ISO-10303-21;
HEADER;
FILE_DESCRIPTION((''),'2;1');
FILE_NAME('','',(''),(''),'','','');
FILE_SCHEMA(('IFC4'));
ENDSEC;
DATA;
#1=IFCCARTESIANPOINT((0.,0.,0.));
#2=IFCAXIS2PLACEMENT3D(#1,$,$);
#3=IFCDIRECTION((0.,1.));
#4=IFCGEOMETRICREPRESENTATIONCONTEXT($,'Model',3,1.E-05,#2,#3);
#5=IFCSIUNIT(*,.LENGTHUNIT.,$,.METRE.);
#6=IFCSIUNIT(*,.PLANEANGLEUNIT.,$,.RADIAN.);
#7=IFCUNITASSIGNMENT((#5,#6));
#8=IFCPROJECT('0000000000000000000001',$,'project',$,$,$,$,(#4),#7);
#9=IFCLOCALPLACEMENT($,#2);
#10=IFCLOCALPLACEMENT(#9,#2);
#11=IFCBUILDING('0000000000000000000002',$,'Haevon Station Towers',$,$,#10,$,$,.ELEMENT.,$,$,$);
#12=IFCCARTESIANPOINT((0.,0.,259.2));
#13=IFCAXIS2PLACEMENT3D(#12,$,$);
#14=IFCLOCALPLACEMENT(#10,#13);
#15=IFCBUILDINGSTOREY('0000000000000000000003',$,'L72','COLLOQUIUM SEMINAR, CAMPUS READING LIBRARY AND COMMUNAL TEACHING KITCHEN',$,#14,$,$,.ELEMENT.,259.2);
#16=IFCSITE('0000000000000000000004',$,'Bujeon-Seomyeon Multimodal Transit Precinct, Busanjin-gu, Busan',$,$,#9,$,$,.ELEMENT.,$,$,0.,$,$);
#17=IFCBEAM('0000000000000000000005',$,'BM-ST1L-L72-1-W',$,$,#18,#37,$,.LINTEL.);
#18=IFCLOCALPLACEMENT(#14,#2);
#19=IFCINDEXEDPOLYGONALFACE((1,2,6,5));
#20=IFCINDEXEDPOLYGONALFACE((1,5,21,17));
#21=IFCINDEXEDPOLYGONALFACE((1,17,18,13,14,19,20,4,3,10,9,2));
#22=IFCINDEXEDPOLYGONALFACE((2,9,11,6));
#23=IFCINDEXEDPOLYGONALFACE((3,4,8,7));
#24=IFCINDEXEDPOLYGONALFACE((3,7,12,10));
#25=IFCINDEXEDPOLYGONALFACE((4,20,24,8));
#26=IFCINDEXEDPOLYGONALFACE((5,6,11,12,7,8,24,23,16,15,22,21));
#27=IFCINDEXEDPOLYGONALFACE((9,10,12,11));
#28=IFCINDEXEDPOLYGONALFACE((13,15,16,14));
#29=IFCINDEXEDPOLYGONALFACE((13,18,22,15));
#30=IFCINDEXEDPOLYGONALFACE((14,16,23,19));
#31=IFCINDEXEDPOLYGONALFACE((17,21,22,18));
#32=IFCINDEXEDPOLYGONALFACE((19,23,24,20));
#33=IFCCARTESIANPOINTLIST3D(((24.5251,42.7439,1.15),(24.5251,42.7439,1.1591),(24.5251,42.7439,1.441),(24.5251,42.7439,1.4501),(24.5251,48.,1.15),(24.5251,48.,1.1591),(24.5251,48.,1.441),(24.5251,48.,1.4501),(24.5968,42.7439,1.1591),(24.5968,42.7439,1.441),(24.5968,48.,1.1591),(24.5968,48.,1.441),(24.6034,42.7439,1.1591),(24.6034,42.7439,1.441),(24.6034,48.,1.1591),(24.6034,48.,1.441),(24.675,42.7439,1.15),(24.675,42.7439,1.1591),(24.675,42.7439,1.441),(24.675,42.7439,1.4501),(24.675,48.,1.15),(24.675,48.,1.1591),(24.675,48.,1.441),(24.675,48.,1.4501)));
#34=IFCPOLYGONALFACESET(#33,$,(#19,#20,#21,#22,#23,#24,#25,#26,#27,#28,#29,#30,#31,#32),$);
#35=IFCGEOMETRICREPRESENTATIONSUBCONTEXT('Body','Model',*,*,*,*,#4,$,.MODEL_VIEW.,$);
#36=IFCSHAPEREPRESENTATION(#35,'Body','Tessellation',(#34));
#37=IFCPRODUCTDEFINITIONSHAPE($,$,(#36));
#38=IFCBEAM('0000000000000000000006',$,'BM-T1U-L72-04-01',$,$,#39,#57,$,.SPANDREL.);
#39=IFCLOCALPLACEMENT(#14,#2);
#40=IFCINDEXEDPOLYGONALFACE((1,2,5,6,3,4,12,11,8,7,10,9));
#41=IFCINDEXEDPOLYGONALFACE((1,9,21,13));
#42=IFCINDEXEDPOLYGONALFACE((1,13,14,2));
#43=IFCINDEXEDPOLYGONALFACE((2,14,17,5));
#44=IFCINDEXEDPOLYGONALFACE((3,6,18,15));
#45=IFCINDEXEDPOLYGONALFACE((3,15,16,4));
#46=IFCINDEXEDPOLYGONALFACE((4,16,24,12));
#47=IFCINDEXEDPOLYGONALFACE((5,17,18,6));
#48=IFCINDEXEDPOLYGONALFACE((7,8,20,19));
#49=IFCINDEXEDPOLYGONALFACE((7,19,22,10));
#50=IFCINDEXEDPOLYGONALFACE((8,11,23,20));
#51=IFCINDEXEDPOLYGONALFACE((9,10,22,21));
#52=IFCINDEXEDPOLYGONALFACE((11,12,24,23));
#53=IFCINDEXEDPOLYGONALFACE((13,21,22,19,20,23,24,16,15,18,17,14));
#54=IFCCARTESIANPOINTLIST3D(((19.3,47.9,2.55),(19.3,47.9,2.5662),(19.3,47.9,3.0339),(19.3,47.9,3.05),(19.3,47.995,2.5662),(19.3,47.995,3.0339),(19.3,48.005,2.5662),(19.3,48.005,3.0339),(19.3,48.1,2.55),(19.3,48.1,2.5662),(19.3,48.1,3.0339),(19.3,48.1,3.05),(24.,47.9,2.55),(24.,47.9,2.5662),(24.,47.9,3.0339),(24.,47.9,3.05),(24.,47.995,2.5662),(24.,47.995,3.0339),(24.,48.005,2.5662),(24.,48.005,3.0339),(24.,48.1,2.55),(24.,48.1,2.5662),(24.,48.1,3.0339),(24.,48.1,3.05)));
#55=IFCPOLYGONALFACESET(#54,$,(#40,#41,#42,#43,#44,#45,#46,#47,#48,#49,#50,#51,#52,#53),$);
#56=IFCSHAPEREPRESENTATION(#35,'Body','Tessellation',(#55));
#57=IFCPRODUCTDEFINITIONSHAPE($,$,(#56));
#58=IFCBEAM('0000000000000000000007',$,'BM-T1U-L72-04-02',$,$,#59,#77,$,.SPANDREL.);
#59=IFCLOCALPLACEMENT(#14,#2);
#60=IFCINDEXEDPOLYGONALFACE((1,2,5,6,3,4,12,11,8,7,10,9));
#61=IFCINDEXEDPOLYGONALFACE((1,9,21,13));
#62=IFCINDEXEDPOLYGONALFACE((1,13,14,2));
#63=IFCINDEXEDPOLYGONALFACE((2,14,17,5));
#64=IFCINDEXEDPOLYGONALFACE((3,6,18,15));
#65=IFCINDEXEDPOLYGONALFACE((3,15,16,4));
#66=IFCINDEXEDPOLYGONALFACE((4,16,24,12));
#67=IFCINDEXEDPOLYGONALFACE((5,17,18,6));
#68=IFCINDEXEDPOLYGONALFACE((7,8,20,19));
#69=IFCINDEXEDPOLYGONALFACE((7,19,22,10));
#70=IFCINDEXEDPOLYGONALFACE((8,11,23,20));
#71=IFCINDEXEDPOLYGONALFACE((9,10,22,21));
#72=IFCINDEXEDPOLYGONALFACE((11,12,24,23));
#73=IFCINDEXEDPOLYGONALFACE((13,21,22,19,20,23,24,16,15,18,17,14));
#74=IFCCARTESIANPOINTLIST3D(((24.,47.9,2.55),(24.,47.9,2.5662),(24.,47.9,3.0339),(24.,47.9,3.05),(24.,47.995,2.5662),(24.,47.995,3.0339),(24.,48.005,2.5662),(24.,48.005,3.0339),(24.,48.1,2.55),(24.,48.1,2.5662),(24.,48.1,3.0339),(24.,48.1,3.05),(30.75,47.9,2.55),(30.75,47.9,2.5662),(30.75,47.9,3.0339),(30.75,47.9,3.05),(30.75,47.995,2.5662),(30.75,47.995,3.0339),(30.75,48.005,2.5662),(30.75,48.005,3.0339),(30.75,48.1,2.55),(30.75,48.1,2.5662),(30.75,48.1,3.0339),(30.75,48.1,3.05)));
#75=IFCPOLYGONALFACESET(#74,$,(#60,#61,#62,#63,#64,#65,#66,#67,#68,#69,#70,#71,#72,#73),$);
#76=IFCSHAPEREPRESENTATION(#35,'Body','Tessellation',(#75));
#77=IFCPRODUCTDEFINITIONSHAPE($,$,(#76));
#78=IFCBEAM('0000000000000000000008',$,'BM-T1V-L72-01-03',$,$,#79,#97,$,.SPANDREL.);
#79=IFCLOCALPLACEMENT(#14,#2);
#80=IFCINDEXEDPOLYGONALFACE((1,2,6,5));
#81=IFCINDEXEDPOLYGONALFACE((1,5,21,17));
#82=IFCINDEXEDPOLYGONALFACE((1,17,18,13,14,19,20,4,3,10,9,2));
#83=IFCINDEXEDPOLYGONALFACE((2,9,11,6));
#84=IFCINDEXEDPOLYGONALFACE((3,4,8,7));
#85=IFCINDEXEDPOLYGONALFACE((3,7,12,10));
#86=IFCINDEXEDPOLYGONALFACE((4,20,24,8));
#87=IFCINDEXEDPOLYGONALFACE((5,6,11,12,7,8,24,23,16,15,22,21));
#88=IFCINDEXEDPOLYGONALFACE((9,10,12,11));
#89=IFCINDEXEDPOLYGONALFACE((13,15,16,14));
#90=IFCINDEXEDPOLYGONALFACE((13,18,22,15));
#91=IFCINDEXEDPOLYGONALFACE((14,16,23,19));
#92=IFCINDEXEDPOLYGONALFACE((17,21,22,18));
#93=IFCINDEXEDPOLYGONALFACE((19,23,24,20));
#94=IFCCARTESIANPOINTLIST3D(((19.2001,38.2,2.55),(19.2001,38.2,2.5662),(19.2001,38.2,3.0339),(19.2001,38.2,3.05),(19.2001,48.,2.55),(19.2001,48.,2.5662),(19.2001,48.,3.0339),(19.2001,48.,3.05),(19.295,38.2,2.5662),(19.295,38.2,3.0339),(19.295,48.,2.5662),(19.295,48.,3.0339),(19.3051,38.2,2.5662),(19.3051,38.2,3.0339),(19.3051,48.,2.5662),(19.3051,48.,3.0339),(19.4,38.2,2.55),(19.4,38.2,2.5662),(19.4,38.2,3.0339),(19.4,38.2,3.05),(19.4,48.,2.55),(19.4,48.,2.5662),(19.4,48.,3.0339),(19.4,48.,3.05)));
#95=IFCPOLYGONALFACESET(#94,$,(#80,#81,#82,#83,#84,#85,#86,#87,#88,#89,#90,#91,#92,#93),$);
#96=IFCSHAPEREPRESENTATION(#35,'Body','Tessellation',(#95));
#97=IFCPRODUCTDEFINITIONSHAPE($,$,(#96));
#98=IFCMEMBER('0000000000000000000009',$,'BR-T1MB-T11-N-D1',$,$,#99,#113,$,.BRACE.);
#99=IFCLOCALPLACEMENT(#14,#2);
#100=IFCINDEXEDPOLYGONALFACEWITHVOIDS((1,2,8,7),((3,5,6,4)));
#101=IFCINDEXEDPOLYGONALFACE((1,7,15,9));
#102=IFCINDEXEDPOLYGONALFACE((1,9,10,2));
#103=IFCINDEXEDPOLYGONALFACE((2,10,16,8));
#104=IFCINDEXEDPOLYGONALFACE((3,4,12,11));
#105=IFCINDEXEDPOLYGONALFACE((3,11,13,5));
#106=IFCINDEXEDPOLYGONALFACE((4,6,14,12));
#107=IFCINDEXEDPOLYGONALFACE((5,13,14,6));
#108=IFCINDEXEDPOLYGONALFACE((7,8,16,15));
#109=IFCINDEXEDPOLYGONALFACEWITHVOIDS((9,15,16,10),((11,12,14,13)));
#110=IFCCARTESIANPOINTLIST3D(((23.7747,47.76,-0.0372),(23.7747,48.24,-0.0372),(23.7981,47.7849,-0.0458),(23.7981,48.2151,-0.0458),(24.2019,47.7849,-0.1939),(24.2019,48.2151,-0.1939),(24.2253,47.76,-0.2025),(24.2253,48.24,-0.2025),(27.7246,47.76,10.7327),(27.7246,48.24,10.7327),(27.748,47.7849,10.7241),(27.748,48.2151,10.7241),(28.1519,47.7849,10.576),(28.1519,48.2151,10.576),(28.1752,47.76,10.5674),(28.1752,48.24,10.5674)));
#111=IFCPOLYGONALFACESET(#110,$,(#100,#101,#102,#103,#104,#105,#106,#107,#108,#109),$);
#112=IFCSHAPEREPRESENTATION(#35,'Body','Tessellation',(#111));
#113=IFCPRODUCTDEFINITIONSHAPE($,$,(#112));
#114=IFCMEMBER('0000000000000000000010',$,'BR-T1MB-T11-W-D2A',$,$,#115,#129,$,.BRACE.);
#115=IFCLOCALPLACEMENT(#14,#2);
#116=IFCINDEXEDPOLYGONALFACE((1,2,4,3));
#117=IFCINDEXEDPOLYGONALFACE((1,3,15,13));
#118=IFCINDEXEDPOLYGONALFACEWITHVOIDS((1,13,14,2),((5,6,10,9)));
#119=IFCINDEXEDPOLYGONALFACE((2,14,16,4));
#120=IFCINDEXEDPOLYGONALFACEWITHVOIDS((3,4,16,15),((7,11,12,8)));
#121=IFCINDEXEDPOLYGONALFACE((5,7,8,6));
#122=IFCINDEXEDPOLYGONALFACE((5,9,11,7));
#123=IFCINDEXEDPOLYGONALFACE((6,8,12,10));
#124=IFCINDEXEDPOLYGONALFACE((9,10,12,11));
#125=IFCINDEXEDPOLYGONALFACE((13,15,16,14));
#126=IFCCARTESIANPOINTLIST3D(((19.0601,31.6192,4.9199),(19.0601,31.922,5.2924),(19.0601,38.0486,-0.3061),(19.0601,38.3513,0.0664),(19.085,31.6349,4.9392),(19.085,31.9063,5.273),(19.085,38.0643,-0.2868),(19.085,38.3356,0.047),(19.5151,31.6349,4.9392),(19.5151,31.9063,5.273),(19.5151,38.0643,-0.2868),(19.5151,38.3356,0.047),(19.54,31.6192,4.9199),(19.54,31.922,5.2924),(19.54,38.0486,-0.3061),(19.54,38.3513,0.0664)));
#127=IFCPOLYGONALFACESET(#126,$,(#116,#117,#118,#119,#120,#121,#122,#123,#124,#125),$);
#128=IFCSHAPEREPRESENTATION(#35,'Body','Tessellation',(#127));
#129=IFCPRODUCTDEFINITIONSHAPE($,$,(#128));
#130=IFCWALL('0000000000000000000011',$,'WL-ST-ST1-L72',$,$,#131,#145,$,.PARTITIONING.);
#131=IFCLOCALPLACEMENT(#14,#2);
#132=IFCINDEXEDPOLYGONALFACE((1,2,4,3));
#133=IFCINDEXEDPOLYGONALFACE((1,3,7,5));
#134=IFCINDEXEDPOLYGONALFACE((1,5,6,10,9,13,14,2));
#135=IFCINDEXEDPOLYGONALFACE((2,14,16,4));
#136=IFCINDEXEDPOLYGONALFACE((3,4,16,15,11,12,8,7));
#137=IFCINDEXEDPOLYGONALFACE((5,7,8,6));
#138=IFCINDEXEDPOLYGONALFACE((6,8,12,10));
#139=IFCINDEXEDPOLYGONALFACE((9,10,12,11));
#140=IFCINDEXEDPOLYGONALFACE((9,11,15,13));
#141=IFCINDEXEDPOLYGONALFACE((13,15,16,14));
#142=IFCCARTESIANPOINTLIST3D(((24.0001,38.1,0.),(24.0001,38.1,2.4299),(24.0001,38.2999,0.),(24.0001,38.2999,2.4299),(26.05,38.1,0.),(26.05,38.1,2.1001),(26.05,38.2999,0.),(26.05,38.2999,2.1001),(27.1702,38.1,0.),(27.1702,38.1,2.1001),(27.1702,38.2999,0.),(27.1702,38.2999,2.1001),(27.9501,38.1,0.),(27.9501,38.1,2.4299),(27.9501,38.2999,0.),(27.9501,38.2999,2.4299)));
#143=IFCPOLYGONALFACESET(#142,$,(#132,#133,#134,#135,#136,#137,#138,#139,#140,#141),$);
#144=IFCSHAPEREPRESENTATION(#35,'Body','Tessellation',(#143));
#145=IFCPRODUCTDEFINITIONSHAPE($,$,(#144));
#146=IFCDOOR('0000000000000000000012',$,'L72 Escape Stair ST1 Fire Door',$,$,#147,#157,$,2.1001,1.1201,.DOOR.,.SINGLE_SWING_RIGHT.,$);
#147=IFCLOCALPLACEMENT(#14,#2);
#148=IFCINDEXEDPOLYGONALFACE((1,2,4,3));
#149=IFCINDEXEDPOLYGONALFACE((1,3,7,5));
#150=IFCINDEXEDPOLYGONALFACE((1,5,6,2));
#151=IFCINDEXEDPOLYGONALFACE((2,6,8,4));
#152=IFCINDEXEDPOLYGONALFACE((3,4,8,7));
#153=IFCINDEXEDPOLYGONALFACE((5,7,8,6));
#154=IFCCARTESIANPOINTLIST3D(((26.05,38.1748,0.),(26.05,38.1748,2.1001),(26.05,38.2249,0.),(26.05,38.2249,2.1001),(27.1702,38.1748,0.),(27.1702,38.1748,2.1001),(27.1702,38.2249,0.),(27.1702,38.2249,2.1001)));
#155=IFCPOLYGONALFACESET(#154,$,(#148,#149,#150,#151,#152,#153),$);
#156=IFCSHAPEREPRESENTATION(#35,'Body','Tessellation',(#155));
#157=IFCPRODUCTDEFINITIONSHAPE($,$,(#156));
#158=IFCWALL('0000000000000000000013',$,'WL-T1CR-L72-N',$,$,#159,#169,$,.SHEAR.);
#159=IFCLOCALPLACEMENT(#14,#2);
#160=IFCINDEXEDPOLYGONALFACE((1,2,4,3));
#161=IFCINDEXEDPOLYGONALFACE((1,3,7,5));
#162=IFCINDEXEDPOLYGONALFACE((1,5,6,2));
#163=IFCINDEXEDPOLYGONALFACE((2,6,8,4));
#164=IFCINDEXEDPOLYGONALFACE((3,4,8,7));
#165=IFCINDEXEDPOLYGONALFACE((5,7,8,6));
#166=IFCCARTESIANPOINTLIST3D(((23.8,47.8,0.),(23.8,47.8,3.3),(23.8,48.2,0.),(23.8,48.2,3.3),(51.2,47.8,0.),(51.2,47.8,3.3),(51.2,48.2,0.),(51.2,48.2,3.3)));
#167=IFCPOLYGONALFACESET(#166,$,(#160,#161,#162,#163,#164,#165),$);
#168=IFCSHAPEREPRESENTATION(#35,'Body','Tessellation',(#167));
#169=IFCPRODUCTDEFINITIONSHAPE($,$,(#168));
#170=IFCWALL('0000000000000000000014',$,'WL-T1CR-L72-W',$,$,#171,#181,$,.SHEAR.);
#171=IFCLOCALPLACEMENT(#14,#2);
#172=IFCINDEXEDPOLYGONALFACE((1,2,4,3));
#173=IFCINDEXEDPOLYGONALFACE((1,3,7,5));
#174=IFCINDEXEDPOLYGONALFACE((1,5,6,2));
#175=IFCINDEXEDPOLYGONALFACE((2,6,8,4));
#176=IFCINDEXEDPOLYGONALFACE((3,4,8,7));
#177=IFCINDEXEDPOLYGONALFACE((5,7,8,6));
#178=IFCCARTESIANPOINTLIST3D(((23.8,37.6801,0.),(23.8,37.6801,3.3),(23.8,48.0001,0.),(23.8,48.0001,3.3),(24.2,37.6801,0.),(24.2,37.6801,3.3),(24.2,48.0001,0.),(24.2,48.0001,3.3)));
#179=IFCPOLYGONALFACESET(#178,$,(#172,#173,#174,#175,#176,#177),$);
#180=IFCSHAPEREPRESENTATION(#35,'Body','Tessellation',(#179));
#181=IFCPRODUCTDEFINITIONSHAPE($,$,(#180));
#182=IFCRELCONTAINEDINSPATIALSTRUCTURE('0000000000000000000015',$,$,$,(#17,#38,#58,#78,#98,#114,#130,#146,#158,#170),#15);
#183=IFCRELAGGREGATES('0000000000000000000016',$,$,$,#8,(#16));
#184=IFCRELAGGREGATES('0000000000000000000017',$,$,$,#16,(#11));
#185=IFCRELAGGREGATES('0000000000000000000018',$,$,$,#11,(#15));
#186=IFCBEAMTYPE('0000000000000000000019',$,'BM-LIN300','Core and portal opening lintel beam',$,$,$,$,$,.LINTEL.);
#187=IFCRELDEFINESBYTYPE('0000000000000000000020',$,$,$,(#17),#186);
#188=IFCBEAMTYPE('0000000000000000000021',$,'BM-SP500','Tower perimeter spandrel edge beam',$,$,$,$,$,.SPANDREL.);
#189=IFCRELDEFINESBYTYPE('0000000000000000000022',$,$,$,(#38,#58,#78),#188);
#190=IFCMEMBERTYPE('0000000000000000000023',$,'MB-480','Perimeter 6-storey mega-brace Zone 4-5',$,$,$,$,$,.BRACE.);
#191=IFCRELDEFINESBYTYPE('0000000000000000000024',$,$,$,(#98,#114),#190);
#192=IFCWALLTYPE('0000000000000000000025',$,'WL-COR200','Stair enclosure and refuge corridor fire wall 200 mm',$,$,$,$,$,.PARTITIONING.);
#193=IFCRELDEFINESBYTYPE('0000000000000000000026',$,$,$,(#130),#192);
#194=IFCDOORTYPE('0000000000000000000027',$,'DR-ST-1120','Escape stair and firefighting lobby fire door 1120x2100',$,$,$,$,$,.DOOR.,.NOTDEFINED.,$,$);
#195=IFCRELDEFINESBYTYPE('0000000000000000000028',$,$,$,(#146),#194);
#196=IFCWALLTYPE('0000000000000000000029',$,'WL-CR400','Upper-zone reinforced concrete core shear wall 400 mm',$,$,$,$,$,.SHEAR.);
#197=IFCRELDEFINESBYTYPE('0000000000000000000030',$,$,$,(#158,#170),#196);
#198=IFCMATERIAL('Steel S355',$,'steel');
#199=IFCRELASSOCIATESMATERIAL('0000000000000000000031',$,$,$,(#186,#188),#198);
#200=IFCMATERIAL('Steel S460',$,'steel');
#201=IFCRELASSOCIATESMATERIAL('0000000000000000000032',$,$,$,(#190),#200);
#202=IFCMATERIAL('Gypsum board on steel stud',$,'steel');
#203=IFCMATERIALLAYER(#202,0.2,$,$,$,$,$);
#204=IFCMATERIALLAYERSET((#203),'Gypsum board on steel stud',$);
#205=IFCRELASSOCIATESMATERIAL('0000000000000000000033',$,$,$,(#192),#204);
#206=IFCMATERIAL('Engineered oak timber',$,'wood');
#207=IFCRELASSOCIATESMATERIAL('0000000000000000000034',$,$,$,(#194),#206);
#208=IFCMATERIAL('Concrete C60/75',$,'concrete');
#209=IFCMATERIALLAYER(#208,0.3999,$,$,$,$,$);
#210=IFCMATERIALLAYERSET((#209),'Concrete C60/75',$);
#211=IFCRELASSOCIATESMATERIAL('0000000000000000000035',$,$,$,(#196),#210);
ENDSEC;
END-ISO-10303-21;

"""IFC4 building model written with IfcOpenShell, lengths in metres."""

from ifc_helpers import new_model, si_unit, direction, frame, frame_2d, origin, origin_2d, place, context, subcontext, project, spatial, rectangle, hollow_rectangle, i_section, extrude, material, layer, layer_set, material_profile, profile_set, type_object, element, fill, save


model = new_model("IFC4")

# Units and contexts
model_context = context("Model", 3, precision=1e-05, world=origin(), true_north=direction((0.0, 1.0)))
body_context = subcontext(model_context, "Body", "Model", "MODEL_VIEW")
ifc_project = project(units=[si_unit("LENGTHUNIT", "METRE"), si_unit("PLANEANGLEUNIT", "RADIAN")], contexts=[model_context])

# Site, building, storey
site_placement = place(None, origin())
site = spatial("IfcSite", under=ifc_project, at=site_placement, Name="Bujeon-Seomyeon Multimodal Transit Precinct, Busanjin-gu, Busan", CompositionType="ELEMENT", RefElevation=0.0)
building_placement = place(site_placement, origin())
building = spatial("IfcBuilding", under=site, at=building_placement, Name="Haevon Station Towers", CompositionType="ELEMENT")
storey_placement = place(building_placement, frame((0.0, 0.0, 259.2)))
storey = spatial("IfcBuildingStorey", under=building, at=storey_placement, Name="L72", Description="COLLOQUIUM SEMINAR, CAMPUS READING LIBRARY AND COMMUNAL TEACHING KITCHEN", CompositionType="ELEMENT", Elevation=259.2)

# Shared definitions
ifc_material_1 = material(Name="Steel S460", Category="steel")
ifc_material_2 = material(Name="Steel S355", Category="steel")

# Beams
ifc_material_profile_1 = material_profile(ifc_material_2, i_section(OverallWidth=0.1499, OverallDepth=0.3, WebThickness=0.0066, FlangeThickness=0.009, at=origin_2d()), Name="H-300x150x6.5x9")
ifc_profile_set_1 = profile_set([ifc_material_profile_1], Name="Steel S355")
beam_type_1 = type_object("IfcBeamType", Name="BM-LIN300", Description="Core and portal opening lintel beam", PredefinedType="LINTEL", material=ifc_profile_set_1)
beam_1_placement = place(storey_placement, frame((24.6001, 42.7439, 1.3), z_axis=(0.0, 1.0, 0.0), x_axis=(-1.0, 0.0, 0.0)))
element("IfcBeam", 1, at=beam_1_placement, inside=storey, type_object=beam_type_1, Name="BM-ST1L-L72-1-W", PredefinedType="LINTEL", context=body_context, shape_type="SweptSolid", body=[
    extrude(i_section(OverallWidth=0.1499, OverallDepth=0.3, WebThickness=0.0066, FlangeThickness=0.009, at=origin_2d()), origin(), (0.0, 0.0, 1.0), 5.2561),
])
ifc_material_profile_2 = material_profile(ifc_material_2, i_section(OverallWidth=0.2, OverallDepth=0.5, WebThickness=0.01, FlangeThickness=0.0161, at=origin_2d()), Name="H-500x200x10x16")
ifc_profile_set_2 = profile_set([ifc_material_profile_2], Name="Steel S355")
beam_type_2 = type_object("IfcBeamType", Name="BM-SP500", Description="Tower perimeter spandrel edge beam", PredefinedType="SPANDREL", material=ifc_profile_set_2)
beam_2_placement = place(storey_placement, frame((19.3, 48.0, 2.8), z_axis=(1.0, 0.0, 0.0), x_axis=(0.0, 1.0, 0.0)))
element("IfcBeam", 2, at=beam_2_placement, inside=storey, type_object=beam_type_2, Name="BM-T1U-L72-04-01", PredefinedType="SPANDREL", context=body_context, shape_type="SweptSolid", body=[
    extrude(i_section(OverallWidth=0.2, OverallDepth=0.5, WebThickness=0.01, FlangeThickness=0.0161, at=origin_2d()), origin(), (0.0, 0.0, 1.0), 4.7),
])
beam_3_placement = place(storey_placement, frame((24.0, 48.0, 2.8), z_axis=(1.0, 0.0, 0.0), x_axis=(0.0, 1.0, 0.0)))
element("IfcBeam", 3, at=beam_3_placement, inside=storey, type_object=beam_type_2, Name="BM-T1U-L72-04-02", PredefinedType="SPANDREL", context=body_context, shape_type="SweptSolid", body=[
    extrude(i_section(OverallWidth=0.2, OverallDepth=0.5, WebThickness=0.01, FlangeThickness=0.0161, at=origin_2d()), origin(), (0.0, 0.0, 1.0), 6.75),
])
beam_4_placement = place(storey_placement, frame((19.3, 38.2, 2.8), z_axis=(0.0, 1.0, 0.0), x_axis=(-1.0, 0.0, 0.0)))
element("IfcBeam", 4, at=beam_4_placement, inside=storey, type_object=beam_type_2, Name="BM-T1V-L72-01-03", PredefinedType="SPANDREL", context=body_context, shape_type="SweptSolid", body=[
    extrude(i_section(OverallWidth=0.2, OverallDepth=0.5, WebThickness=0.01, FlangeThickness=0.0161, at=origin_2d()), origin(), (0.0, 0.0, 1.0), 9.8),
])

# Members
ifc_material_profile_3 = material_profile(ifc_material_1, hollow_rectangle(XDim=0.48, YDim=0.48, WallThickness=0.0249, at=origin_2d()), Name="RHS-480x480x25")
ifc_profile_set_3 = profile_set([ifc_material_profile_3], Name="Steel S460")
member_type = type_object("IfcMemberType", Name="MB-480", Description="Perimeter 6-storey mega-brace Zone 4-5", PredefinedType="BRACE", material=ifc_profile_set_3)
member_1_placement = place(storey_placement, frame((24.0, 48.0, -0.1199), z_axis=(0.344327, 0.0, 0.93885), x_axis=(0.0, 1.0, 0.0)))
element("IfcMember", 5, at=member_1_placement, inside=storey, type_object=member_type, Name="BR-T1MB-T11-N-D1", PredefinedType="BRACE", context=body_context, shape_type="SweptSolid", body=[
    extrude(hollow_rectangle(XDim=0.48, YDim=0.48, WallThickness=0.0249, at=origin_2d()), origin(), (0.0, 0.0, 1.0), 11.4714),
])
member_2_placement = place(storey_placement, frame((19.3, 38.2, -0.1199), z_axis=(0.0, -0.775987, 0.630749), x_axis=(1.0, 0.0, 0.0)))
element("IfcMember", 6, at=member_2_placement, inside=storey, type_object=member_type, Name="BR-T1MB-T11-W-D2A", PredefinedType="BRACE", context=body_context, shape_type="SweptSolid", body=[
    extrude(hollow_rectangle(XDim=0.48, YDim=0.48, WallThickness=0.0249, at=origin_2d()), origin(), (0.0, 0.0, 1.0), 8.2854),
])

# Wall, opening, door
ifc_material_3 = material(Name="Gypsum board on steel stud", Category="steel")
ifc_layer_1 = layer(ifc_material_3, 0.2)
ifc_layer_set_1 = layer_set([ifc_layer_1], Name="Gypsum board on steel stud")
wall_type_1 = type_object("IfcWallType", Name="WL-COR200", Description="Stair enclosure and refuge corridor fire wall 200 mm", PredefinedType="PARTITIONING", material=ifc_layer_set_1)
wall_1_placement = place(storey_placement, frame((24.0, 38.2, 0.0), z_axis=(0.0, 0.0, 1.0), x_axis=(1.0, 0.0, 0.0)))
wall_1 = element("IfcWall", 7, at=wall_1_placement, inside=storey, type_object=wall_type_1, Name="WL-ST-ST1-L72", PredefinedType="PARTITIONING", context=body_context, shape_type="SweptSolid", body=[
    extrude(rectangle(XDim=3.95, YDim=0.2, at=frame_2d((1.9751, 0.0))), origin(), (0.0, 0.0, 1.0), 2.4299),
])
opening_placement = place(wall_1_placement, frame((2.05, 0.0, 0.0)))
opening = element("IfcOpeningElement", 8, at=opening_placement, cuts=wall_1, PredefinedType="OPENING", context=body_context, shape_type="SweptSolid", body=[
    extrude(rectangle(XDim=1.1201, YDim=2.1001, at=frame_2d((0.5601, 1.05))), frame((0.0, 0.1099, 0.0), z_axis=(0.0, -1.0, 0.0), x_axis=(1.0, 0.0, 0.0)), (0.0, 0.0, 1.0), 0.22),
])
ifc_material_4 = material(Name="Engineered oak timber", Category="wood")
door_type = type_object("IfcDoorType", Name="DR-ST-1120", Description="Escape stair and firefighting lobby fire door 1120x2100", OperationType="NOTDEFINED", PredefinedType="DOOR", material=ifc_material_4)
door_placement = place(opening_placement, origin())
door = element("IfcDoor", 9, at=door_placement, inside=storey, type_object=door_type, Name="L72 Escape Stair ST1 Fire Door", OperationType="SINGLE_SWING_RIGHT", OverallHeight=2.1001, OverallWidth=1.1201, PredefinedType="DOOR", context=body_context, shape_type="SweptSolid", body=[
    extrude(rectangle(XDim=1.1201, YDim=2.1001, at=frame_2d((0.5601, 1.05))), frame((0.0, 0.0249, 0.0), z_axis=(0.0, -1.0, 0.0), x_axis=(1.0, 0.0, 0.0)), (0.0, 0.0, 1.0), 0.05),
])
fill(opening, door)

# Walls
ifc_material_5 = material(Name="Concrete C60/75", Category="concrete")
ifc_layer_2 = layer(ifc_material_5, 0.3999)
ifc_layer_set_2 = layer_set([ifc_layer_2], Name="Concrete C60/75")
wall_type_2 = type_object("IfcWallType", Name="WL-CR400", Description="Upper-zone reinforced concrete core shear wall 400 mm", PredefinedType="SHEAR", material=ifc_layer_set_2)
wall_2_placement = place(storey_placement, frame((23.8, 48.0, 0.0), z_axis=(0.0, 0.0, 1.0), x_axis=(1.0, 0.0, 0.0)))
element("IfcWall", 10, at=wall_2_placement, inside=storey, type_object=wall_type_2, Name="WL-T1CR-L72-N", PredefinedType="SHEAR", context=body_context, shape_type="SweptSolid", body=[
    extrude(rectangle(XDim=27.3999, YDim=0.3999, at=frame_2d((13.7, 0.0))), origin(), (0.0, 0.0, 1.0), 3.3),
])
wall_3_placement = place(storey_placement, frame((24.0, 37.6799, 0.0), z_axis=(0.0, 0.0, 1.0), x_axis=(0.0, 1.0, 0.0)))
element("IfcWall", 11, at=wall_3_placement, inside=storey, type_object=wall_type_2, Name="WL-T1CR-L72-W", PredefinedType="SHEAR", context=body_context, shape_type="SweptSolid", body=[
    extrude(rectangle(XDim=10.3201, YDim=0.3999, at=frame_2d((5.1602, 0.0))), origin(), (0.0, 0.0, 1.0), 3.3),
])

save(model, "model.ifc")
